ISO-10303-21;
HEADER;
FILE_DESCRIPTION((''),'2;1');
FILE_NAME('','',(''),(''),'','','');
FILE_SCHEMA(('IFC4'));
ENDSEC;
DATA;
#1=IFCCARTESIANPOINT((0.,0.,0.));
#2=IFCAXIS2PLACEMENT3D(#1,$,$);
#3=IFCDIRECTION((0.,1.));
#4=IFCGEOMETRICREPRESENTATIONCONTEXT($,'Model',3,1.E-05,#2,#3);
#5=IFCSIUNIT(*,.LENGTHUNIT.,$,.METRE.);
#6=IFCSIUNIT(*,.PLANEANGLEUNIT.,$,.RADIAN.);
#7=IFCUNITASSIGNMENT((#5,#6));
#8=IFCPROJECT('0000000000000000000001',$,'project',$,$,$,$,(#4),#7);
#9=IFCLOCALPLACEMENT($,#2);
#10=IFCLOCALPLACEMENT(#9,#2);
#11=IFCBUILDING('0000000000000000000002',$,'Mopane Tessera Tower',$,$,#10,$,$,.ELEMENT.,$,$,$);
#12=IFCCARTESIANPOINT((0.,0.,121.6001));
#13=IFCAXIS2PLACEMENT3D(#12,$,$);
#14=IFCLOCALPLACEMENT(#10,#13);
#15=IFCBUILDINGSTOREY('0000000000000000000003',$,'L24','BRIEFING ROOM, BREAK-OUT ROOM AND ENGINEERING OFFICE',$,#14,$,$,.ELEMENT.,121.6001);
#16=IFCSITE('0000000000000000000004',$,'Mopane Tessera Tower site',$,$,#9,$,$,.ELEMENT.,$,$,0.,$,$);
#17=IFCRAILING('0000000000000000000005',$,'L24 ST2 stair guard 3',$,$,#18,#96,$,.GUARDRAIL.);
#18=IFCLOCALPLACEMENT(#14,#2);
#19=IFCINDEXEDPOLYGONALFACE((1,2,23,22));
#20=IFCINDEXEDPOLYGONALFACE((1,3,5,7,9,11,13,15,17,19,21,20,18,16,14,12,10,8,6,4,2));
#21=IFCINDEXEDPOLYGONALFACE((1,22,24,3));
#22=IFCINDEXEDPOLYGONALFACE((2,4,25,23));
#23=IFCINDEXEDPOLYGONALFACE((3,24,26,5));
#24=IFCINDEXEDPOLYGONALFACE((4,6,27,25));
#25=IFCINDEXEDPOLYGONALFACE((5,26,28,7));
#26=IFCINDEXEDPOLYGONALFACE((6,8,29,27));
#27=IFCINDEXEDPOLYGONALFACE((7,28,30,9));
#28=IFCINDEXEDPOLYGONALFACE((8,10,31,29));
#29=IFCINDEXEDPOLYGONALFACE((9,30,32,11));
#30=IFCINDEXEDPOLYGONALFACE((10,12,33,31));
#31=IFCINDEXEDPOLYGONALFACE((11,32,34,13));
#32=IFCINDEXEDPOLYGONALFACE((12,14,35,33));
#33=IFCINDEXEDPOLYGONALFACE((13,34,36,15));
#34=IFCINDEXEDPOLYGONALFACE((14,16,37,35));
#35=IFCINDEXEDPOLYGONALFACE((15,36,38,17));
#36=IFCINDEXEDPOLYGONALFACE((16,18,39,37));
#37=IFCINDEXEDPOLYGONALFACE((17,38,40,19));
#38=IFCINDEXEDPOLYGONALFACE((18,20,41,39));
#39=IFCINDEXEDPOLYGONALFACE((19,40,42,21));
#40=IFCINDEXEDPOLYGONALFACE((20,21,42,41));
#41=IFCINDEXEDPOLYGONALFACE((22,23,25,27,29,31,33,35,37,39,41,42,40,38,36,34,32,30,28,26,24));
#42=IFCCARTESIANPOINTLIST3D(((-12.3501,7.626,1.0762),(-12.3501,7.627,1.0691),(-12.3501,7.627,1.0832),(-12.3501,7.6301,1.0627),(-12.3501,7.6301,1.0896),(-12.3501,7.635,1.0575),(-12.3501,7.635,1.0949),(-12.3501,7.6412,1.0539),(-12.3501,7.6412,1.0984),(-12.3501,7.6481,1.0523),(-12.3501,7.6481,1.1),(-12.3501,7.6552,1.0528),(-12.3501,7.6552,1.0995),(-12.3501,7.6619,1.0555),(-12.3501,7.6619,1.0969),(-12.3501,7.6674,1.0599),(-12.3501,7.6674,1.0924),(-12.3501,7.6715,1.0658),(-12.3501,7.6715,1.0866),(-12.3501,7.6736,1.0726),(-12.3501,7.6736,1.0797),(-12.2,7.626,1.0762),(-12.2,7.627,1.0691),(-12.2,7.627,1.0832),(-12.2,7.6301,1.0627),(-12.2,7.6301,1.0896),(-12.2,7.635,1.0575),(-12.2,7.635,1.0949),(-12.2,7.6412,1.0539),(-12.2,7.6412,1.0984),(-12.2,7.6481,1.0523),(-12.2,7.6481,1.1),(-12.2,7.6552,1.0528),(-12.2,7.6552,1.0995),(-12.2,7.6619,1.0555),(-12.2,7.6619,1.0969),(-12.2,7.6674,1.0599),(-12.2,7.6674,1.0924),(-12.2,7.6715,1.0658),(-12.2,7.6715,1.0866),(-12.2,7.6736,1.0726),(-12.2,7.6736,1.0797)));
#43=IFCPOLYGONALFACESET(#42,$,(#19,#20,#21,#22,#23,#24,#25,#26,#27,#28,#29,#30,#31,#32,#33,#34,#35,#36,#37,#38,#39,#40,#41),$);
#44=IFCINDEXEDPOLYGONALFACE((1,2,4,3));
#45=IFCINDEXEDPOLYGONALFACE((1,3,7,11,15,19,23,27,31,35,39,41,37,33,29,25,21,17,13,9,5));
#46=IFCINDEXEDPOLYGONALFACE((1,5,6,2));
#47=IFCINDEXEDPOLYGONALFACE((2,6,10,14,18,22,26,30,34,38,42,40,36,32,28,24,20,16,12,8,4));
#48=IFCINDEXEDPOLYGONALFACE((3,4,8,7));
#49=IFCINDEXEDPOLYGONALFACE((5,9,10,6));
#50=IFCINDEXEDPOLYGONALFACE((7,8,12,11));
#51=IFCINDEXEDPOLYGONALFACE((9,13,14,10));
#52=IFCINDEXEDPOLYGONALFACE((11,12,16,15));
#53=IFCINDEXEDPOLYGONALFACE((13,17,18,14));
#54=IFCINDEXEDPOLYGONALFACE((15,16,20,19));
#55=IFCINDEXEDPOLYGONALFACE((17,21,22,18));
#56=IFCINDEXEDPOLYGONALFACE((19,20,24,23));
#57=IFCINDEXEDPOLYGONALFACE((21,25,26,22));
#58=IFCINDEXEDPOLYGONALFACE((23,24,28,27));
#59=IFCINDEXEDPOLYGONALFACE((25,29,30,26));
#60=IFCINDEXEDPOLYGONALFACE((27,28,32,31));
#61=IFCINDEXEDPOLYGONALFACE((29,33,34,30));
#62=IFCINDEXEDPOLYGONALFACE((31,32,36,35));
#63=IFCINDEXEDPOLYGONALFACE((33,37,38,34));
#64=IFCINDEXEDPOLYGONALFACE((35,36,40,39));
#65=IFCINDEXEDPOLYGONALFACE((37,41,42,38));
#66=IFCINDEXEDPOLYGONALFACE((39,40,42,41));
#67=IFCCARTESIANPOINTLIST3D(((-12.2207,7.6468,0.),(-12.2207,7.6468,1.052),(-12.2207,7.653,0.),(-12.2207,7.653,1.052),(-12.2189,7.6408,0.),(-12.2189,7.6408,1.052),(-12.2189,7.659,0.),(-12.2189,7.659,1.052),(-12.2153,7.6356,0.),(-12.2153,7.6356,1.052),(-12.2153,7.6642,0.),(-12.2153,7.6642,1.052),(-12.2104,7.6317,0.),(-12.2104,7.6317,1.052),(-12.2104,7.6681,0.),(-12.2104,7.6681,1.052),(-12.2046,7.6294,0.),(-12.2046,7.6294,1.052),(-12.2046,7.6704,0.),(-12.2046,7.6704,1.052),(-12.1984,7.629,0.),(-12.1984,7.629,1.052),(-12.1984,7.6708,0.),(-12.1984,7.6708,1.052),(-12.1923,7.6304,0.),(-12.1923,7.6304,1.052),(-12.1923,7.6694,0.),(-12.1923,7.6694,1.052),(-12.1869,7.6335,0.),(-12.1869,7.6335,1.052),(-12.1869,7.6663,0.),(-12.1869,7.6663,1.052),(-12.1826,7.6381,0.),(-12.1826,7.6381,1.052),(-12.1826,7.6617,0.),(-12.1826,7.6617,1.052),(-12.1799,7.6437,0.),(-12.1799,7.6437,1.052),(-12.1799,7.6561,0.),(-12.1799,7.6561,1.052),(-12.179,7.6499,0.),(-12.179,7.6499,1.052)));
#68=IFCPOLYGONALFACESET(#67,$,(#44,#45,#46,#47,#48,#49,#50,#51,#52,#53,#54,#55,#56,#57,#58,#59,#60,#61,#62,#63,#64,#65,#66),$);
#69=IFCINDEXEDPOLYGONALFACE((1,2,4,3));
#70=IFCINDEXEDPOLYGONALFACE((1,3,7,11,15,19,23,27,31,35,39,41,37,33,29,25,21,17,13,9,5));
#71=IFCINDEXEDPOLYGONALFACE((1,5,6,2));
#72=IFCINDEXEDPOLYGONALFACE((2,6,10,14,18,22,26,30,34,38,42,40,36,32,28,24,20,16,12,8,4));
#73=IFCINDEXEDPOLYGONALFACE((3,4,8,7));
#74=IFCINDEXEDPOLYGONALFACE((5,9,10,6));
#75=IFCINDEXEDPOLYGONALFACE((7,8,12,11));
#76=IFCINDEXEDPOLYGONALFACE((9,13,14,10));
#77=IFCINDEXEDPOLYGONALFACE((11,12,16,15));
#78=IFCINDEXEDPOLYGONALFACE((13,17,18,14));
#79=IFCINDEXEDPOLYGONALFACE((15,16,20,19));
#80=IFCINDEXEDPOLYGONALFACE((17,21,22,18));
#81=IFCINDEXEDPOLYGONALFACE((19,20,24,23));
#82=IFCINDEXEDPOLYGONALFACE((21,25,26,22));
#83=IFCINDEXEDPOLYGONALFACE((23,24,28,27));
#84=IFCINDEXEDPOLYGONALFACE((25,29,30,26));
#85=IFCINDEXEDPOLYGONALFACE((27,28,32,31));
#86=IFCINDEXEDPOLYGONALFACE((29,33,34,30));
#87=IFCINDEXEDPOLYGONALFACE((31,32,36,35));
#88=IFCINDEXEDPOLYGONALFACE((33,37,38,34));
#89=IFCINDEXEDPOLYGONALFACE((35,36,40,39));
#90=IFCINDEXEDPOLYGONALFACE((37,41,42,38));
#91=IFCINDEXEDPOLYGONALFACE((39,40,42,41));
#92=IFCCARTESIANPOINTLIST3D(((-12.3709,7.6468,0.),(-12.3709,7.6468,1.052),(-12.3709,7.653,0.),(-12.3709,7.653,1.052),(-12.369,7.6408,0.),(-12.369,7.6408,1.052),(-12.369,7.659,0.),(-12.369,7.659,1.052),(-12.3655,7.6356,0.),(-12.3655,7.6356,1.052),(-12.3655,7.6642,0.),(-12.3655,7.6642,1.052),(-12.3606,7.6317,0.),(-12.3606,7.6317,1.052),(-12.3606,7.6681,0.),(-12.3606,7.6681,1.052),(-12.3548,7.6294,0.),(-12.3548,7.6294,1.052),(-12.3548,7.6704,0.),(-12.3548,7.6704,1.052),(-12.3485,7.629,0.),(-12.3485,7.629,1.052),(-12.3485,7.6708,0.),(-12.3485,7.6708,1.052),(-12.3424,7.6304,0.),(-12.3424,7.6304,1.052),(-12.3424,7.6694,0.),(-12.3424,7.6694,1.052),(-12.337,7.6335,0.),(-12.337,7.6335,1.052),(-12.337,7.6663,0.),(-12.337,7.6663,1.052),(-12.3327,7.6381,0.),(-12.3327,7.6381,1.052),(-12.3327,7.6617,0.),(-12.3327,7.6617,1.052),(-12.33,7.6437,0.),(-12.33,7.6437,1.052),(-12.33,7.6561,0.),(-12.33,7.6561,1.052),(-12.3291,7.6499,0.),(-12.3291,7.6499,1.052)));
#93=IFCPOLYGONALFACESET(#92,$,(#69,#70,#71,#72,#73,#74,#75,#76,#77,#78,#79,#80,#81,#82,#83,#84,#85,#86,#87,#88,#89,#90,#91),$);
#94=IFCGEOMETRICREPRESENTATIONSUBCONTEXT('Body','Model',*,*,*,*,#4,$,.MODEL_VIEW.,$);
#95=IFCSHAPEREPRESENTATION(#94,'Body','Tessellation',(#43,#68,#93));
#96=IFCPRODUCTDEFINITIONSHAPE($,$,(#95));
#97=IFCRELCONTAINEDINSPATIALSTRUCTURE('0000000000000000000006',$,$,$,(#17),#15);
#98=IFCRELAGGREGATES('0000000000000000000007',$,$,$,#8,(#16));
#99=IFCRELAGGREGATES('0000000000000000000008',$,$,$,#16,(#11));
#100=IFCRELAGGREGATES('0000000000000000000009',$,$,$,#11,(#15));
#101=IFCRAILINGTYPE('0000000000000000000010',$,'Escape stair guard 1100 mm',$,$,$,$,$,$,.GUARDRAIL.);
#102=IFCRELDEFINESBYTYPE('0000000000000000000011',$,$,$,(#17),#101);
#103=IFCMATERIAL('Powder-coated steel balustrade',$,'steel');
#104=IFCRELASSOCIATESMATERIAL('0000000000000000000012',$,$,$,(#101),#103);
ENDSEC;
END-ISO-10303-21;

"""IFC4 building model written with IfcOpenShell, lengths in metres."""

from ifc_helpers import new_model, si_unit, direction, frame, origin, origin_2d, place, context, subcontext, project, spatial, circle, extrude, material, type_object, element, save


model = new_model("IFC4")

# Units and contexts
model_context = context("Model", 3, precision=1e-05, world=origin(), true_north=direction((0.0, 1.0)))
body_context = subcontext(model_context, "Body", "Model", "MODEL_VIEW")
ifc_project = project(units=[si_unit("LENGTHUNIT", "METRE"), si_unit("PLANEANGLEUNIT", "RADIAN")], contexts=[model_context])

# Site, building, storey
site_placement = place(None, origin())
site = spatial("IfcSite", under=ifc_project, at=site_placement, Name="Mopane Tessera Tower site", CompositionType="ELEMENT", RefElevation=0.0)
building_placement = place(site_placement, origin())
building = spatial("IfcBuilding", under=site, at=building_placement, Name="Mopane Tessera Tower", CompositionType="ELEMENT")
storey_placement = place(building_placement, frame((0.0, 0.0, 121.6001)))
storey = spatial("IfcBuildingStorey", under=building, at=storey_placement, Name="L24", Description="BRIEFING ROOM, BREAK-OUT ROOM AND ENGINEERING OFFICE", CompositionType="ELEMENT", Elevation=121.6001)

# Railing
ifc_material_1 = material(Name="Powder-coated steel balustrade", Category="steel")
railing_type = type_object("IfcRailingType", Name="Escape stair guard 1100 mm", PredefinedType="GUARDRAIL", material=ifc_material_1)
railing_1_placement = place(storey_placement, frame((-12.2, 7.6499, 0.0)))
element("IfcRailing", 1, at=railing_1_placement, inside=storey, type_object=railing_type, Name="L24 ST2 stair guard 3", PredefinedType="GUARDRAIL", context=body_context, shape_type="SweptSolid", body=[
    extrude(circle(Radius=0.0239, at=origin_2d()), frame((0.0, 0.0, 1.0762), z_axis=(-1.0, 0.0, 0.0), x_axis=(0.0, -1.0, 0.0)), (0.0, 0.0, 1.0), 0.1501),
    extrude(circle(Radius=0.021, at=origin_2d()), origin(), (0.0, 0.0, 1.0), 1.052),
    extrude(circle(Radius=0.021, at=origin_2d()), frame((-0.1501, 0.0, 0.0)), (0.0, 0.0, 1.0), 1.052),
])

save(model, "model.ifc")
